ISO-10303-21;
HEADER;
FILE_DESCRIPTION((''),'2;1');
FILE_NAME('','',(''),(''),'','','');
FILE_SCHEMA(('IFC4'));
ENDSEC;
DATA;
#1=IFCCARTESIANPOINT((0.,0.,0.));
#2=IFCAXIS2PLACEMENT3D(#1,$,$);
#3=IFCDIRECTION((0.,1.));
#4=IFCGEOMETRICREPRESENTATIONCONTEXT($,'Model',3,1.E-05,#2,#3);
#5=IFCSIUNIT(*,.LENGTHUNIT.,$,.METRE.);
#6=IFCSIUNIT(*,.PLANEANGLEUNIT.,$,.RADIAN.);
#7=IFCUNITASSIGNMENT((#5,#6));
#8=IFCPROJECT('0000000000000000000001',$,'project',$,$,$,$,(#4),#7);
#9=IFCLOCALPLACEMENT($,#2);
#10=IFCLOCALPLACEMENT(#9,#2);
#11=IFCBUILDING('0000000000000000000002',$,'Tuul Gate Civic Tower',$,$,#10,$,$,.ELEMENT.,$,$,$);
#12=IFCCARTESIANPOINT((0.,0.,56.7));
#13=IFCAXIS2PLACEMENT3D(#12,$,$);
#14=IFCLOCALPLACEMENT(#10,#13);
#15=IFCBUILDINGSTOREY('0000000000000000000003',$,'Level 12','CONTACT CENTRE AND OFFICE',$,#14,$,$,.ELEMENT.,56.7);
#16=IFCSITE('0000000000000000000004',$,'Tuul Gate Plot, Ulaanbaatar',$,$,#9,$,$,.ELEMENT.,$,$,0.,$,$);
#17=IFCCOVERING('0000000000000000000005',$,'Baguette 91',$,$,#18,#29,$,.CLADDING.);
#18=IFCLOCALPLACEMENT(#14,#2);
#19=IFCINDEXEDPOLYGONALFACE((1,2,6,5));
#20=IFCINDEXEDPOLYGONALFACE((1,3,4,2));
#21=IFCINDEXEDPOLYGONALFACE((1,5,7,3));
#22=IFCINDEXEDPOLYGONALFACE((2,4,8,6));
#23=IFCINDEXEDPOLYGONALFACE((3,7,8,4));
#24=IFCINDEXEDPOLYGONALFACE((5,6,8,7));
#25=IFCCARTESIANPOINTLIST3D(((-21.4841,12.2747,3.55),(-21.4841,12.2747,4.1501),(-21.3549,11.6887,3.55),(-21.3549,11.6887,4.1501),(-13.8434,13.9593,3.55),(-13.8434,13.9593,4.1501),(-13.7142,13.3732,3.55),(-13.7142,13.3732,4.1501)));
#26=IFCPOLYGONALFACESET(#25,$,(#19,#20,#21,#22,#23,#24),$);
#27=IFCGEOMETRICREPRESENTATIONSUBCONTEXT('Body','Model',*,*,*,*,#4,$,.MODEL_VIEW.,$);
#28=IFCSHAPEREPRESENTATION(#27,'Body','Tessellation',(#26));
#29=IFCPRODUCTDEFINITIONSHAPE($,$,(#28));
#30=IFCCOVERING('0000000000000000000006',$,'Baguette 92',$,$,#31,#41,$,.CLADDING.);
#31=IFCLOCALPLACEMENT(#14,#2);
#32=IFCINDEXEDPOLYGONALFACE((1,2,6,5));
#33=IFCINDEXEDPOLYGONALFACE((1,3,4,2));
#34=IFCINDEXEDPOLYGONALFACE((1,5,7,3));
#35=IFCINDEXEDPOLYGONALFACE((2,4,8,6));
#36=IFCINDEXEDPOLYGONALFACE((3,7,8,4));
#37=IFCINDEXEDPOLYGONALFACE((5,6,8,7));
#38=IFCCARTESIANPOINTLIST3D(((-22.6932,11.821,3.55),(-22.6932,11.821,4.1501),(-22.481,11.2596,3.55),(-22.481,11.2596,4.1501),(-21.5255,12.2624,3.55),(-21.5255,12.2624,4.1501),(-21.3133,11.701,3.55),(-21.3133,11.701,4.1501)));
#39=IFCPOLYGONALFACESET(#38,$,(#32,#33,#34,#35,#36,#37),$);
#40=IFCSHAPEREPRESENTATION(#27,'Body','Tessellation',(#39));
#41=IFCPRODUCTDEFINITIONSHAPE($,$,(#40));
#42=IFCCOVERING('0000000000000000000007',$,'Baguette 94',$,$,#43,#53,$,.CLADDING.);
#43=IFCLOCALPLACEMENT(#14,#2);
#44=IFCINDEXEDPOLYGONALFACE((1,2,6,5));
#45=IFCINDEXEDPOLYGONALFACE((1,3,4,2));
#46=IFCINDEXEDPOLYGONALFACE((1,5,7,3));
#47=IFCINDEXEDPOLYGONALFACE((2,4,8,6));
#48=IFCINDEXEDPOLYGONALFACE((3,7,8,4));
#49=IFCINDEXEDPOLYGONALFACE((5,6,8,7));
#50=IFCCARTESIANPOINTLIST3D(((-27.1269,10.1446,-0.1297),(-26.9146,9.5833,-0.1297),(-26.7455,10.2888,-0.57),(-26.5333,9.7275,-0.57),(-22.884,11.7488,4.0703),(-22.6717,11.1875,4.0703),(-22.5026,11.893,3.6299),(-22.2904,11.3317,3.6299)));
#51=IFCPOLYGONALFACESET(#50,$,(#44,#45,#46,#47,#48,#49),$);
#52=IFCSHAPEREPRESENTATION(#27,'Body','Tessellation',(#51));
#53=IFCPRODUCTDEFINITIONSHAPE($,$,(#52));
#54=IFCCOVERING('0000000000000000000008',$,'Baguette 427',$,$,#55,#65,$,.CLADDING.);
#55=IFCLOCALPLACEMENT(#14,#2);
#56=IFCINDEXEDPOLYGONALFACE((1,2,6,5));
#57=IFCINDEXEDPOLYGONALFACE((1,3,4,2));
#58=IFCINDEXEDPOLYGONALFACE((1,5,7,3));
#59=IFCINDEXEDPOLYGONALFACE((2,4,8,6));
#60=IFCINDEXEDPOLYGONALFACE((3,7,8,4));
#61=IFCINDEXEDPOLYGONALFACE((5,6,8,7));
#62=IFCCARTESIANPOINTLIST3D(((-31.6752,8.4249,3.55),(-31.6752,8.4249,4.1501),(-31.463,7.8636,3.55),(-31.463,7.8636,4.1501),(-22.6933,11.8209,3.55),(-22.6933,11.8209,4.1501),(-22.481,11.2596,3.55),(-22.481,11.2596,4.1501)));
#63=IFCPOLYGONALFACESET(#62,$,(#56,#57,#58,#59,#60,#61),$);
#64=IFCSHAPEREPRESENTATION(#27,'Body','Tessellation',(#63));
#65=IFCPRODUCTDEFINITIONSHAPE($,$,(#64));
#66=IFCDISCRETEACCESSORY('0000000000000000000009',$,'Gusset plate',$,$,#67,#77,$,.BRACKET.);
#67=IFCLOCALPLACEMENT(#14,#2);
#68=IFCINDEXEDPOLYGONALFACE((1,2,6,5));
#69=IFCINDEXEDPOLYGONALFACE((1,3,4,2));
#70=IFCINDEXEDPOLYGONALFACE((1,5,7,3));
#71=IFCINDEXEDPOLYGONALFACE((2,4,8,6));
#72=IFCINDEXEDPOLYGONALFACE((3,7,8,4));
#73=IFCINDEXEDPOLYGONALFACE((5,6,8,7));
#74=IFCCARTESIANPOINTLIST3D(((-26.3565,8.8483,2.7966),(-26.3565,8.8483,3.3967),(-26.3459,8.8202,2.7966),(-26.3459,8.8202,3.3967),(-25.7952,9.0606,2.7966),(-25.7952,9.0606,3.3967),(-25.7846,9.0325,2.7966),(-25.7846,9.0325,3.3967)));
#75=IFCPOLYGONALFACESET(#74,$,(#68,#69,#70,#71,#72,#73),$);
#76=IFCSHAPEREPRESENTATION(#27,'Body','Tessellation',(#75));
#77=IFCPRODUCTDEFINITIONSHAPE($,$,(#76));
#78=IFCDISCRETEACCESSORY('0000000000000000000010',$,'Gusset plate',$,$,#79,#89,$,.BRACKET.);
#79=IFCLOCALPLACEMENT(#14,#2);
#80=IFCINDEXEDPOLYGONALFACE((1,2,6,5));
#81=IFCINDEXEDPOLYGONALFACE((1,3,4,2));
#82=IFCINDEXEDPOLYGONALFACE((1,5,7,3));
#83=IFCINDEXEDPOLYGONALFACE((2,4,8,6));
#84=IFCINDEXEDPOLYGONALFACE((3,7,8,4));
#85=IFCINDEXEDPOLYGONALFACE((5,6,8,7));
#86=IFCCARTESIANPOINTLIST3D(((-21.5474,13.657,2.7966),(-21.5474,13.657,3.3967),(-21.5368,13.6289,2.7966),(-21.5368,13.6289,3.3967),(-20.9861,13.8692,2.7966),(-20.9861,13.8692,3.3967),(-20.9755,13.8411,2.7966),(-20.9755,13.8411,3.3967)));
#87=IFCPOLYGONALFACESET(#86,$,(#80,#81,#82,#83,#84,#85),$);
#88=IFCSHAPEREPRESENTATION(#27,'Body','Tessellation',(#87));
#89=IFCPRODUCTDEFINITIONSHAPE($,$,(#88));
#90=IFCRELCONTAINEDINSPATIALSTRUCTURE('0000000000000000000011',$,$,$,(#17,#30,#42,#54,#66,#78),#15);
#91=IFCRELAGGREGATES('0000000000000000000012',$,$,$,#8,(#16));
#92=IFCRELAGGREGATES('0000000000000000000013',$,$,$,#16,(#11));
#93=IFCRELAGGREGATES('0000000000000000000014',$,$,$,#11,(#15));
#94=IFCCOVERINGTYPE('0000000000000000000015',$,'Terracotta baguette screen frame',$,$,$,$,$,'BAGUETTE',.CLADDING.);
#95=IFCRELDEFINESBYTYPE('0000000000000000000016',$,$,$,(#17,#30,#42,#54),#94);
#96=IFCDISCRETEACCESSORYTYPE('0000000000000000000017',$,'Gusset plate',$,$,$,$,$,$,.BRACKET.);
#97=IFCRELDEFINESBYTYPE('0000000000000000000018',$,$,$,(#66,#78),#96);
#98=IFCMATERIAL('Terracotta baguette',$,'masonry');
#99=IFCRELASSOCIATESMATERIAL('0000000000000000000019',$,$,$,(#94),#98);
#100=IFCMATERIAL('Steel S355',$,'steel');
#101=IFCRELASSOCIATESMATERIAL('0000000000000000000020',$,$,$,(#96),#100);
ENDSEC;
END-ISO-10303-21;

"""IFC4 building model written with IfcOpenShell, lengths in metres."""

from ifc_helpers import new_model, si_unit, direction, frame, origin, origin_2d, place, context, subcontext, project, spatial, rectangle, extrude, material, material_profile, profile_set, type_object, element, save


model = new_model("IFC4")

# Units and contexts
model_context = context("Model", 3, precision=1e-05, world=origin(), true_north=direction((0.0, 1.0)))
body_context = subcontext(model_context, "Body", "Model", "MODEL_VIEW")
ifc_project = project(units=[si_unit("LENGTHUNIT", "METRE"), si_unit("PLANEANGLEUNIT", "RADIAN")], contexts=[model_context])

# Site, building, storey
site_placement = place(None, origin())
site = spatial("IfcSite", under=ifc_project, at=site_placement, Name="Tuul Gate Plot, Ulaanbaatar", CompositionType="ELEMENT", RefElevation=0.0)
building_placement = place(site_placement, origin())
building = spatial("IfcBuilding", under=site, at=building_placement, Name="Tuul Gate Civic Tower", CompositionType="ELEMENT")
storey_placement = place(building_placement, frame((0.0, 0.0, 56.7)))
storey = spatial("IfcBuildingStorey", under=building, at=storey_placement, Name="Level 12", Description="CONTACT CENTRE AND OFFICE", CompositionType="ELEMENT", Elevation=56.7)

# Coverings
ifc_material_1 = material(Name="Terracotta baguette", Category="masonry")
ifc_material_profile_1 = material_profile(ifc_material_1, rectangle(XDim=0.6001, YDim=0.6001, at=origin_2d()), Name="Terracotta baguette screen frame")
ifc_profile_set_1 = profile_set([ifc_material_profile_1], Name="Terracotta baguette")
covering_type = type_object("IfcCoveringType", Name="Terracotta baguette screen frame", ElementType="BAGUETTE", PredefinedType="CLADDING", material=ifc_profile_set_1)
covering_1_placement = place(storey_placement, frame((-13.7788, 13.6663, 3.8501), z_axis=(-0.976547, -0.215305, 0.0), x_axis=(0.215305, -0.976547, 0.0)))
element("IfcCovering", 1, at=covering_1_placement, inside=storey, type_object=covering_type, Name="Baguette 91", PredefinedType="CLADDING", context=body_context, shape_type="SweptSolid", body=[
    extrude(rectangle(XDim=0.6001, YDim=0.6001, at=origin_2d()), origin(), (0.0, 0.0, 1.0), 7.8242),
])
covering_2_placement = place(storey_placement, frame((-21.4194, 11.9817, 3.8501), z_axis=(-0.935402, -0.353587, 0.0), x_axis=(0.353587, -0.935402, 0.0)))
element("IfcCovering", 2, at=covering_2_placement, inside=storey, type_object=covering_type, Name="Baguette 92", PredefinedType="CLADDING", context=body_context, shape_type="SweptSolid", body=[
    extrude(rectangle(XDim=0.6001, YDim=0.6001, at=origin_2d()), origin(), (0.0, 0.0, 1.0), 1.2483),
])
covering_3_placement = place(storey_placement, frame((-22.5872, 11.5403, 3.8501), z_axis=(-0.686348, -0.259508, -0.679398), x_axis=(0.353664, -0.935372, 0.0)))
element("IfcCovering", 3, at=covering_3_placement, inside=storey, type_object=covering_type, Name="Baguette 94", PredefinedType="CLADDING", context=body_context, shape_type="SweptSolid", body=[
    extrude(rectangle(XDim=0.6001, YDim=0.6001, at=origin_2d()), origin(), (0.0, 0.0, 1.0), 6.1819),
])
covering_4_placement = place(storey_placement, frame((-22.5872, 11.5403, 3.8501), z_axis=(-0.935375, -0.353658, 0.0), x_axis=(0.353658, -0.935375, 0.0)))
element("IfcCovering", 4, at=covering_4_placement, inside=storey, type_object=covering_type, Name="Baguette 427", PredefinedType="CLADDING", context=body_context, shape_type="SweptSolid", body=[
    extrude(rectangle(XDim=0.6001, YDim=0.6001, at=origin_2d()), origin(), (0.0, 0.0, 1.0), 9.6025),
])

# Discrete accessories
ifc_material_2 = material(Name="Steel S355", Category="steel")
discrete_accessory_type = type_object("IfcDiscreteAccessoryType", Name="Gusset plate", PredefinedType="BRACKET", material=ifc_material_2)
for number, where, z_axis, x_axis, name in (
    (5, (-26.0706, 8.9404, 2.7966), (0.0, 0.0, 1.0), (0.935344, 0.353739, 0.0), "Gusset plate"),
    (6, (-21.2615, 13.749, 2.7966), (0.0, 0.0, 1.0), (0.935375, 0.353657, 0.0), "Gusset plate"),
):
    element("IfcDiscreteAccessory", number, at=place(storey_placement, frame(where, z_axis=z_axis, x_axis=x_axis)), inside=storey, type_object=discrete_accessory_type, Name=name, PredefinedType="BRACKET", context=body_context, shape_type="SweptSolid", body=[
        extrude(rectangle(XDim=0.6001, YDim=0.03, at=origin_2d()), origin(), (0.0, 0.0, 1.0), 0.6001),
    ])

save(model, "model.ifc")
